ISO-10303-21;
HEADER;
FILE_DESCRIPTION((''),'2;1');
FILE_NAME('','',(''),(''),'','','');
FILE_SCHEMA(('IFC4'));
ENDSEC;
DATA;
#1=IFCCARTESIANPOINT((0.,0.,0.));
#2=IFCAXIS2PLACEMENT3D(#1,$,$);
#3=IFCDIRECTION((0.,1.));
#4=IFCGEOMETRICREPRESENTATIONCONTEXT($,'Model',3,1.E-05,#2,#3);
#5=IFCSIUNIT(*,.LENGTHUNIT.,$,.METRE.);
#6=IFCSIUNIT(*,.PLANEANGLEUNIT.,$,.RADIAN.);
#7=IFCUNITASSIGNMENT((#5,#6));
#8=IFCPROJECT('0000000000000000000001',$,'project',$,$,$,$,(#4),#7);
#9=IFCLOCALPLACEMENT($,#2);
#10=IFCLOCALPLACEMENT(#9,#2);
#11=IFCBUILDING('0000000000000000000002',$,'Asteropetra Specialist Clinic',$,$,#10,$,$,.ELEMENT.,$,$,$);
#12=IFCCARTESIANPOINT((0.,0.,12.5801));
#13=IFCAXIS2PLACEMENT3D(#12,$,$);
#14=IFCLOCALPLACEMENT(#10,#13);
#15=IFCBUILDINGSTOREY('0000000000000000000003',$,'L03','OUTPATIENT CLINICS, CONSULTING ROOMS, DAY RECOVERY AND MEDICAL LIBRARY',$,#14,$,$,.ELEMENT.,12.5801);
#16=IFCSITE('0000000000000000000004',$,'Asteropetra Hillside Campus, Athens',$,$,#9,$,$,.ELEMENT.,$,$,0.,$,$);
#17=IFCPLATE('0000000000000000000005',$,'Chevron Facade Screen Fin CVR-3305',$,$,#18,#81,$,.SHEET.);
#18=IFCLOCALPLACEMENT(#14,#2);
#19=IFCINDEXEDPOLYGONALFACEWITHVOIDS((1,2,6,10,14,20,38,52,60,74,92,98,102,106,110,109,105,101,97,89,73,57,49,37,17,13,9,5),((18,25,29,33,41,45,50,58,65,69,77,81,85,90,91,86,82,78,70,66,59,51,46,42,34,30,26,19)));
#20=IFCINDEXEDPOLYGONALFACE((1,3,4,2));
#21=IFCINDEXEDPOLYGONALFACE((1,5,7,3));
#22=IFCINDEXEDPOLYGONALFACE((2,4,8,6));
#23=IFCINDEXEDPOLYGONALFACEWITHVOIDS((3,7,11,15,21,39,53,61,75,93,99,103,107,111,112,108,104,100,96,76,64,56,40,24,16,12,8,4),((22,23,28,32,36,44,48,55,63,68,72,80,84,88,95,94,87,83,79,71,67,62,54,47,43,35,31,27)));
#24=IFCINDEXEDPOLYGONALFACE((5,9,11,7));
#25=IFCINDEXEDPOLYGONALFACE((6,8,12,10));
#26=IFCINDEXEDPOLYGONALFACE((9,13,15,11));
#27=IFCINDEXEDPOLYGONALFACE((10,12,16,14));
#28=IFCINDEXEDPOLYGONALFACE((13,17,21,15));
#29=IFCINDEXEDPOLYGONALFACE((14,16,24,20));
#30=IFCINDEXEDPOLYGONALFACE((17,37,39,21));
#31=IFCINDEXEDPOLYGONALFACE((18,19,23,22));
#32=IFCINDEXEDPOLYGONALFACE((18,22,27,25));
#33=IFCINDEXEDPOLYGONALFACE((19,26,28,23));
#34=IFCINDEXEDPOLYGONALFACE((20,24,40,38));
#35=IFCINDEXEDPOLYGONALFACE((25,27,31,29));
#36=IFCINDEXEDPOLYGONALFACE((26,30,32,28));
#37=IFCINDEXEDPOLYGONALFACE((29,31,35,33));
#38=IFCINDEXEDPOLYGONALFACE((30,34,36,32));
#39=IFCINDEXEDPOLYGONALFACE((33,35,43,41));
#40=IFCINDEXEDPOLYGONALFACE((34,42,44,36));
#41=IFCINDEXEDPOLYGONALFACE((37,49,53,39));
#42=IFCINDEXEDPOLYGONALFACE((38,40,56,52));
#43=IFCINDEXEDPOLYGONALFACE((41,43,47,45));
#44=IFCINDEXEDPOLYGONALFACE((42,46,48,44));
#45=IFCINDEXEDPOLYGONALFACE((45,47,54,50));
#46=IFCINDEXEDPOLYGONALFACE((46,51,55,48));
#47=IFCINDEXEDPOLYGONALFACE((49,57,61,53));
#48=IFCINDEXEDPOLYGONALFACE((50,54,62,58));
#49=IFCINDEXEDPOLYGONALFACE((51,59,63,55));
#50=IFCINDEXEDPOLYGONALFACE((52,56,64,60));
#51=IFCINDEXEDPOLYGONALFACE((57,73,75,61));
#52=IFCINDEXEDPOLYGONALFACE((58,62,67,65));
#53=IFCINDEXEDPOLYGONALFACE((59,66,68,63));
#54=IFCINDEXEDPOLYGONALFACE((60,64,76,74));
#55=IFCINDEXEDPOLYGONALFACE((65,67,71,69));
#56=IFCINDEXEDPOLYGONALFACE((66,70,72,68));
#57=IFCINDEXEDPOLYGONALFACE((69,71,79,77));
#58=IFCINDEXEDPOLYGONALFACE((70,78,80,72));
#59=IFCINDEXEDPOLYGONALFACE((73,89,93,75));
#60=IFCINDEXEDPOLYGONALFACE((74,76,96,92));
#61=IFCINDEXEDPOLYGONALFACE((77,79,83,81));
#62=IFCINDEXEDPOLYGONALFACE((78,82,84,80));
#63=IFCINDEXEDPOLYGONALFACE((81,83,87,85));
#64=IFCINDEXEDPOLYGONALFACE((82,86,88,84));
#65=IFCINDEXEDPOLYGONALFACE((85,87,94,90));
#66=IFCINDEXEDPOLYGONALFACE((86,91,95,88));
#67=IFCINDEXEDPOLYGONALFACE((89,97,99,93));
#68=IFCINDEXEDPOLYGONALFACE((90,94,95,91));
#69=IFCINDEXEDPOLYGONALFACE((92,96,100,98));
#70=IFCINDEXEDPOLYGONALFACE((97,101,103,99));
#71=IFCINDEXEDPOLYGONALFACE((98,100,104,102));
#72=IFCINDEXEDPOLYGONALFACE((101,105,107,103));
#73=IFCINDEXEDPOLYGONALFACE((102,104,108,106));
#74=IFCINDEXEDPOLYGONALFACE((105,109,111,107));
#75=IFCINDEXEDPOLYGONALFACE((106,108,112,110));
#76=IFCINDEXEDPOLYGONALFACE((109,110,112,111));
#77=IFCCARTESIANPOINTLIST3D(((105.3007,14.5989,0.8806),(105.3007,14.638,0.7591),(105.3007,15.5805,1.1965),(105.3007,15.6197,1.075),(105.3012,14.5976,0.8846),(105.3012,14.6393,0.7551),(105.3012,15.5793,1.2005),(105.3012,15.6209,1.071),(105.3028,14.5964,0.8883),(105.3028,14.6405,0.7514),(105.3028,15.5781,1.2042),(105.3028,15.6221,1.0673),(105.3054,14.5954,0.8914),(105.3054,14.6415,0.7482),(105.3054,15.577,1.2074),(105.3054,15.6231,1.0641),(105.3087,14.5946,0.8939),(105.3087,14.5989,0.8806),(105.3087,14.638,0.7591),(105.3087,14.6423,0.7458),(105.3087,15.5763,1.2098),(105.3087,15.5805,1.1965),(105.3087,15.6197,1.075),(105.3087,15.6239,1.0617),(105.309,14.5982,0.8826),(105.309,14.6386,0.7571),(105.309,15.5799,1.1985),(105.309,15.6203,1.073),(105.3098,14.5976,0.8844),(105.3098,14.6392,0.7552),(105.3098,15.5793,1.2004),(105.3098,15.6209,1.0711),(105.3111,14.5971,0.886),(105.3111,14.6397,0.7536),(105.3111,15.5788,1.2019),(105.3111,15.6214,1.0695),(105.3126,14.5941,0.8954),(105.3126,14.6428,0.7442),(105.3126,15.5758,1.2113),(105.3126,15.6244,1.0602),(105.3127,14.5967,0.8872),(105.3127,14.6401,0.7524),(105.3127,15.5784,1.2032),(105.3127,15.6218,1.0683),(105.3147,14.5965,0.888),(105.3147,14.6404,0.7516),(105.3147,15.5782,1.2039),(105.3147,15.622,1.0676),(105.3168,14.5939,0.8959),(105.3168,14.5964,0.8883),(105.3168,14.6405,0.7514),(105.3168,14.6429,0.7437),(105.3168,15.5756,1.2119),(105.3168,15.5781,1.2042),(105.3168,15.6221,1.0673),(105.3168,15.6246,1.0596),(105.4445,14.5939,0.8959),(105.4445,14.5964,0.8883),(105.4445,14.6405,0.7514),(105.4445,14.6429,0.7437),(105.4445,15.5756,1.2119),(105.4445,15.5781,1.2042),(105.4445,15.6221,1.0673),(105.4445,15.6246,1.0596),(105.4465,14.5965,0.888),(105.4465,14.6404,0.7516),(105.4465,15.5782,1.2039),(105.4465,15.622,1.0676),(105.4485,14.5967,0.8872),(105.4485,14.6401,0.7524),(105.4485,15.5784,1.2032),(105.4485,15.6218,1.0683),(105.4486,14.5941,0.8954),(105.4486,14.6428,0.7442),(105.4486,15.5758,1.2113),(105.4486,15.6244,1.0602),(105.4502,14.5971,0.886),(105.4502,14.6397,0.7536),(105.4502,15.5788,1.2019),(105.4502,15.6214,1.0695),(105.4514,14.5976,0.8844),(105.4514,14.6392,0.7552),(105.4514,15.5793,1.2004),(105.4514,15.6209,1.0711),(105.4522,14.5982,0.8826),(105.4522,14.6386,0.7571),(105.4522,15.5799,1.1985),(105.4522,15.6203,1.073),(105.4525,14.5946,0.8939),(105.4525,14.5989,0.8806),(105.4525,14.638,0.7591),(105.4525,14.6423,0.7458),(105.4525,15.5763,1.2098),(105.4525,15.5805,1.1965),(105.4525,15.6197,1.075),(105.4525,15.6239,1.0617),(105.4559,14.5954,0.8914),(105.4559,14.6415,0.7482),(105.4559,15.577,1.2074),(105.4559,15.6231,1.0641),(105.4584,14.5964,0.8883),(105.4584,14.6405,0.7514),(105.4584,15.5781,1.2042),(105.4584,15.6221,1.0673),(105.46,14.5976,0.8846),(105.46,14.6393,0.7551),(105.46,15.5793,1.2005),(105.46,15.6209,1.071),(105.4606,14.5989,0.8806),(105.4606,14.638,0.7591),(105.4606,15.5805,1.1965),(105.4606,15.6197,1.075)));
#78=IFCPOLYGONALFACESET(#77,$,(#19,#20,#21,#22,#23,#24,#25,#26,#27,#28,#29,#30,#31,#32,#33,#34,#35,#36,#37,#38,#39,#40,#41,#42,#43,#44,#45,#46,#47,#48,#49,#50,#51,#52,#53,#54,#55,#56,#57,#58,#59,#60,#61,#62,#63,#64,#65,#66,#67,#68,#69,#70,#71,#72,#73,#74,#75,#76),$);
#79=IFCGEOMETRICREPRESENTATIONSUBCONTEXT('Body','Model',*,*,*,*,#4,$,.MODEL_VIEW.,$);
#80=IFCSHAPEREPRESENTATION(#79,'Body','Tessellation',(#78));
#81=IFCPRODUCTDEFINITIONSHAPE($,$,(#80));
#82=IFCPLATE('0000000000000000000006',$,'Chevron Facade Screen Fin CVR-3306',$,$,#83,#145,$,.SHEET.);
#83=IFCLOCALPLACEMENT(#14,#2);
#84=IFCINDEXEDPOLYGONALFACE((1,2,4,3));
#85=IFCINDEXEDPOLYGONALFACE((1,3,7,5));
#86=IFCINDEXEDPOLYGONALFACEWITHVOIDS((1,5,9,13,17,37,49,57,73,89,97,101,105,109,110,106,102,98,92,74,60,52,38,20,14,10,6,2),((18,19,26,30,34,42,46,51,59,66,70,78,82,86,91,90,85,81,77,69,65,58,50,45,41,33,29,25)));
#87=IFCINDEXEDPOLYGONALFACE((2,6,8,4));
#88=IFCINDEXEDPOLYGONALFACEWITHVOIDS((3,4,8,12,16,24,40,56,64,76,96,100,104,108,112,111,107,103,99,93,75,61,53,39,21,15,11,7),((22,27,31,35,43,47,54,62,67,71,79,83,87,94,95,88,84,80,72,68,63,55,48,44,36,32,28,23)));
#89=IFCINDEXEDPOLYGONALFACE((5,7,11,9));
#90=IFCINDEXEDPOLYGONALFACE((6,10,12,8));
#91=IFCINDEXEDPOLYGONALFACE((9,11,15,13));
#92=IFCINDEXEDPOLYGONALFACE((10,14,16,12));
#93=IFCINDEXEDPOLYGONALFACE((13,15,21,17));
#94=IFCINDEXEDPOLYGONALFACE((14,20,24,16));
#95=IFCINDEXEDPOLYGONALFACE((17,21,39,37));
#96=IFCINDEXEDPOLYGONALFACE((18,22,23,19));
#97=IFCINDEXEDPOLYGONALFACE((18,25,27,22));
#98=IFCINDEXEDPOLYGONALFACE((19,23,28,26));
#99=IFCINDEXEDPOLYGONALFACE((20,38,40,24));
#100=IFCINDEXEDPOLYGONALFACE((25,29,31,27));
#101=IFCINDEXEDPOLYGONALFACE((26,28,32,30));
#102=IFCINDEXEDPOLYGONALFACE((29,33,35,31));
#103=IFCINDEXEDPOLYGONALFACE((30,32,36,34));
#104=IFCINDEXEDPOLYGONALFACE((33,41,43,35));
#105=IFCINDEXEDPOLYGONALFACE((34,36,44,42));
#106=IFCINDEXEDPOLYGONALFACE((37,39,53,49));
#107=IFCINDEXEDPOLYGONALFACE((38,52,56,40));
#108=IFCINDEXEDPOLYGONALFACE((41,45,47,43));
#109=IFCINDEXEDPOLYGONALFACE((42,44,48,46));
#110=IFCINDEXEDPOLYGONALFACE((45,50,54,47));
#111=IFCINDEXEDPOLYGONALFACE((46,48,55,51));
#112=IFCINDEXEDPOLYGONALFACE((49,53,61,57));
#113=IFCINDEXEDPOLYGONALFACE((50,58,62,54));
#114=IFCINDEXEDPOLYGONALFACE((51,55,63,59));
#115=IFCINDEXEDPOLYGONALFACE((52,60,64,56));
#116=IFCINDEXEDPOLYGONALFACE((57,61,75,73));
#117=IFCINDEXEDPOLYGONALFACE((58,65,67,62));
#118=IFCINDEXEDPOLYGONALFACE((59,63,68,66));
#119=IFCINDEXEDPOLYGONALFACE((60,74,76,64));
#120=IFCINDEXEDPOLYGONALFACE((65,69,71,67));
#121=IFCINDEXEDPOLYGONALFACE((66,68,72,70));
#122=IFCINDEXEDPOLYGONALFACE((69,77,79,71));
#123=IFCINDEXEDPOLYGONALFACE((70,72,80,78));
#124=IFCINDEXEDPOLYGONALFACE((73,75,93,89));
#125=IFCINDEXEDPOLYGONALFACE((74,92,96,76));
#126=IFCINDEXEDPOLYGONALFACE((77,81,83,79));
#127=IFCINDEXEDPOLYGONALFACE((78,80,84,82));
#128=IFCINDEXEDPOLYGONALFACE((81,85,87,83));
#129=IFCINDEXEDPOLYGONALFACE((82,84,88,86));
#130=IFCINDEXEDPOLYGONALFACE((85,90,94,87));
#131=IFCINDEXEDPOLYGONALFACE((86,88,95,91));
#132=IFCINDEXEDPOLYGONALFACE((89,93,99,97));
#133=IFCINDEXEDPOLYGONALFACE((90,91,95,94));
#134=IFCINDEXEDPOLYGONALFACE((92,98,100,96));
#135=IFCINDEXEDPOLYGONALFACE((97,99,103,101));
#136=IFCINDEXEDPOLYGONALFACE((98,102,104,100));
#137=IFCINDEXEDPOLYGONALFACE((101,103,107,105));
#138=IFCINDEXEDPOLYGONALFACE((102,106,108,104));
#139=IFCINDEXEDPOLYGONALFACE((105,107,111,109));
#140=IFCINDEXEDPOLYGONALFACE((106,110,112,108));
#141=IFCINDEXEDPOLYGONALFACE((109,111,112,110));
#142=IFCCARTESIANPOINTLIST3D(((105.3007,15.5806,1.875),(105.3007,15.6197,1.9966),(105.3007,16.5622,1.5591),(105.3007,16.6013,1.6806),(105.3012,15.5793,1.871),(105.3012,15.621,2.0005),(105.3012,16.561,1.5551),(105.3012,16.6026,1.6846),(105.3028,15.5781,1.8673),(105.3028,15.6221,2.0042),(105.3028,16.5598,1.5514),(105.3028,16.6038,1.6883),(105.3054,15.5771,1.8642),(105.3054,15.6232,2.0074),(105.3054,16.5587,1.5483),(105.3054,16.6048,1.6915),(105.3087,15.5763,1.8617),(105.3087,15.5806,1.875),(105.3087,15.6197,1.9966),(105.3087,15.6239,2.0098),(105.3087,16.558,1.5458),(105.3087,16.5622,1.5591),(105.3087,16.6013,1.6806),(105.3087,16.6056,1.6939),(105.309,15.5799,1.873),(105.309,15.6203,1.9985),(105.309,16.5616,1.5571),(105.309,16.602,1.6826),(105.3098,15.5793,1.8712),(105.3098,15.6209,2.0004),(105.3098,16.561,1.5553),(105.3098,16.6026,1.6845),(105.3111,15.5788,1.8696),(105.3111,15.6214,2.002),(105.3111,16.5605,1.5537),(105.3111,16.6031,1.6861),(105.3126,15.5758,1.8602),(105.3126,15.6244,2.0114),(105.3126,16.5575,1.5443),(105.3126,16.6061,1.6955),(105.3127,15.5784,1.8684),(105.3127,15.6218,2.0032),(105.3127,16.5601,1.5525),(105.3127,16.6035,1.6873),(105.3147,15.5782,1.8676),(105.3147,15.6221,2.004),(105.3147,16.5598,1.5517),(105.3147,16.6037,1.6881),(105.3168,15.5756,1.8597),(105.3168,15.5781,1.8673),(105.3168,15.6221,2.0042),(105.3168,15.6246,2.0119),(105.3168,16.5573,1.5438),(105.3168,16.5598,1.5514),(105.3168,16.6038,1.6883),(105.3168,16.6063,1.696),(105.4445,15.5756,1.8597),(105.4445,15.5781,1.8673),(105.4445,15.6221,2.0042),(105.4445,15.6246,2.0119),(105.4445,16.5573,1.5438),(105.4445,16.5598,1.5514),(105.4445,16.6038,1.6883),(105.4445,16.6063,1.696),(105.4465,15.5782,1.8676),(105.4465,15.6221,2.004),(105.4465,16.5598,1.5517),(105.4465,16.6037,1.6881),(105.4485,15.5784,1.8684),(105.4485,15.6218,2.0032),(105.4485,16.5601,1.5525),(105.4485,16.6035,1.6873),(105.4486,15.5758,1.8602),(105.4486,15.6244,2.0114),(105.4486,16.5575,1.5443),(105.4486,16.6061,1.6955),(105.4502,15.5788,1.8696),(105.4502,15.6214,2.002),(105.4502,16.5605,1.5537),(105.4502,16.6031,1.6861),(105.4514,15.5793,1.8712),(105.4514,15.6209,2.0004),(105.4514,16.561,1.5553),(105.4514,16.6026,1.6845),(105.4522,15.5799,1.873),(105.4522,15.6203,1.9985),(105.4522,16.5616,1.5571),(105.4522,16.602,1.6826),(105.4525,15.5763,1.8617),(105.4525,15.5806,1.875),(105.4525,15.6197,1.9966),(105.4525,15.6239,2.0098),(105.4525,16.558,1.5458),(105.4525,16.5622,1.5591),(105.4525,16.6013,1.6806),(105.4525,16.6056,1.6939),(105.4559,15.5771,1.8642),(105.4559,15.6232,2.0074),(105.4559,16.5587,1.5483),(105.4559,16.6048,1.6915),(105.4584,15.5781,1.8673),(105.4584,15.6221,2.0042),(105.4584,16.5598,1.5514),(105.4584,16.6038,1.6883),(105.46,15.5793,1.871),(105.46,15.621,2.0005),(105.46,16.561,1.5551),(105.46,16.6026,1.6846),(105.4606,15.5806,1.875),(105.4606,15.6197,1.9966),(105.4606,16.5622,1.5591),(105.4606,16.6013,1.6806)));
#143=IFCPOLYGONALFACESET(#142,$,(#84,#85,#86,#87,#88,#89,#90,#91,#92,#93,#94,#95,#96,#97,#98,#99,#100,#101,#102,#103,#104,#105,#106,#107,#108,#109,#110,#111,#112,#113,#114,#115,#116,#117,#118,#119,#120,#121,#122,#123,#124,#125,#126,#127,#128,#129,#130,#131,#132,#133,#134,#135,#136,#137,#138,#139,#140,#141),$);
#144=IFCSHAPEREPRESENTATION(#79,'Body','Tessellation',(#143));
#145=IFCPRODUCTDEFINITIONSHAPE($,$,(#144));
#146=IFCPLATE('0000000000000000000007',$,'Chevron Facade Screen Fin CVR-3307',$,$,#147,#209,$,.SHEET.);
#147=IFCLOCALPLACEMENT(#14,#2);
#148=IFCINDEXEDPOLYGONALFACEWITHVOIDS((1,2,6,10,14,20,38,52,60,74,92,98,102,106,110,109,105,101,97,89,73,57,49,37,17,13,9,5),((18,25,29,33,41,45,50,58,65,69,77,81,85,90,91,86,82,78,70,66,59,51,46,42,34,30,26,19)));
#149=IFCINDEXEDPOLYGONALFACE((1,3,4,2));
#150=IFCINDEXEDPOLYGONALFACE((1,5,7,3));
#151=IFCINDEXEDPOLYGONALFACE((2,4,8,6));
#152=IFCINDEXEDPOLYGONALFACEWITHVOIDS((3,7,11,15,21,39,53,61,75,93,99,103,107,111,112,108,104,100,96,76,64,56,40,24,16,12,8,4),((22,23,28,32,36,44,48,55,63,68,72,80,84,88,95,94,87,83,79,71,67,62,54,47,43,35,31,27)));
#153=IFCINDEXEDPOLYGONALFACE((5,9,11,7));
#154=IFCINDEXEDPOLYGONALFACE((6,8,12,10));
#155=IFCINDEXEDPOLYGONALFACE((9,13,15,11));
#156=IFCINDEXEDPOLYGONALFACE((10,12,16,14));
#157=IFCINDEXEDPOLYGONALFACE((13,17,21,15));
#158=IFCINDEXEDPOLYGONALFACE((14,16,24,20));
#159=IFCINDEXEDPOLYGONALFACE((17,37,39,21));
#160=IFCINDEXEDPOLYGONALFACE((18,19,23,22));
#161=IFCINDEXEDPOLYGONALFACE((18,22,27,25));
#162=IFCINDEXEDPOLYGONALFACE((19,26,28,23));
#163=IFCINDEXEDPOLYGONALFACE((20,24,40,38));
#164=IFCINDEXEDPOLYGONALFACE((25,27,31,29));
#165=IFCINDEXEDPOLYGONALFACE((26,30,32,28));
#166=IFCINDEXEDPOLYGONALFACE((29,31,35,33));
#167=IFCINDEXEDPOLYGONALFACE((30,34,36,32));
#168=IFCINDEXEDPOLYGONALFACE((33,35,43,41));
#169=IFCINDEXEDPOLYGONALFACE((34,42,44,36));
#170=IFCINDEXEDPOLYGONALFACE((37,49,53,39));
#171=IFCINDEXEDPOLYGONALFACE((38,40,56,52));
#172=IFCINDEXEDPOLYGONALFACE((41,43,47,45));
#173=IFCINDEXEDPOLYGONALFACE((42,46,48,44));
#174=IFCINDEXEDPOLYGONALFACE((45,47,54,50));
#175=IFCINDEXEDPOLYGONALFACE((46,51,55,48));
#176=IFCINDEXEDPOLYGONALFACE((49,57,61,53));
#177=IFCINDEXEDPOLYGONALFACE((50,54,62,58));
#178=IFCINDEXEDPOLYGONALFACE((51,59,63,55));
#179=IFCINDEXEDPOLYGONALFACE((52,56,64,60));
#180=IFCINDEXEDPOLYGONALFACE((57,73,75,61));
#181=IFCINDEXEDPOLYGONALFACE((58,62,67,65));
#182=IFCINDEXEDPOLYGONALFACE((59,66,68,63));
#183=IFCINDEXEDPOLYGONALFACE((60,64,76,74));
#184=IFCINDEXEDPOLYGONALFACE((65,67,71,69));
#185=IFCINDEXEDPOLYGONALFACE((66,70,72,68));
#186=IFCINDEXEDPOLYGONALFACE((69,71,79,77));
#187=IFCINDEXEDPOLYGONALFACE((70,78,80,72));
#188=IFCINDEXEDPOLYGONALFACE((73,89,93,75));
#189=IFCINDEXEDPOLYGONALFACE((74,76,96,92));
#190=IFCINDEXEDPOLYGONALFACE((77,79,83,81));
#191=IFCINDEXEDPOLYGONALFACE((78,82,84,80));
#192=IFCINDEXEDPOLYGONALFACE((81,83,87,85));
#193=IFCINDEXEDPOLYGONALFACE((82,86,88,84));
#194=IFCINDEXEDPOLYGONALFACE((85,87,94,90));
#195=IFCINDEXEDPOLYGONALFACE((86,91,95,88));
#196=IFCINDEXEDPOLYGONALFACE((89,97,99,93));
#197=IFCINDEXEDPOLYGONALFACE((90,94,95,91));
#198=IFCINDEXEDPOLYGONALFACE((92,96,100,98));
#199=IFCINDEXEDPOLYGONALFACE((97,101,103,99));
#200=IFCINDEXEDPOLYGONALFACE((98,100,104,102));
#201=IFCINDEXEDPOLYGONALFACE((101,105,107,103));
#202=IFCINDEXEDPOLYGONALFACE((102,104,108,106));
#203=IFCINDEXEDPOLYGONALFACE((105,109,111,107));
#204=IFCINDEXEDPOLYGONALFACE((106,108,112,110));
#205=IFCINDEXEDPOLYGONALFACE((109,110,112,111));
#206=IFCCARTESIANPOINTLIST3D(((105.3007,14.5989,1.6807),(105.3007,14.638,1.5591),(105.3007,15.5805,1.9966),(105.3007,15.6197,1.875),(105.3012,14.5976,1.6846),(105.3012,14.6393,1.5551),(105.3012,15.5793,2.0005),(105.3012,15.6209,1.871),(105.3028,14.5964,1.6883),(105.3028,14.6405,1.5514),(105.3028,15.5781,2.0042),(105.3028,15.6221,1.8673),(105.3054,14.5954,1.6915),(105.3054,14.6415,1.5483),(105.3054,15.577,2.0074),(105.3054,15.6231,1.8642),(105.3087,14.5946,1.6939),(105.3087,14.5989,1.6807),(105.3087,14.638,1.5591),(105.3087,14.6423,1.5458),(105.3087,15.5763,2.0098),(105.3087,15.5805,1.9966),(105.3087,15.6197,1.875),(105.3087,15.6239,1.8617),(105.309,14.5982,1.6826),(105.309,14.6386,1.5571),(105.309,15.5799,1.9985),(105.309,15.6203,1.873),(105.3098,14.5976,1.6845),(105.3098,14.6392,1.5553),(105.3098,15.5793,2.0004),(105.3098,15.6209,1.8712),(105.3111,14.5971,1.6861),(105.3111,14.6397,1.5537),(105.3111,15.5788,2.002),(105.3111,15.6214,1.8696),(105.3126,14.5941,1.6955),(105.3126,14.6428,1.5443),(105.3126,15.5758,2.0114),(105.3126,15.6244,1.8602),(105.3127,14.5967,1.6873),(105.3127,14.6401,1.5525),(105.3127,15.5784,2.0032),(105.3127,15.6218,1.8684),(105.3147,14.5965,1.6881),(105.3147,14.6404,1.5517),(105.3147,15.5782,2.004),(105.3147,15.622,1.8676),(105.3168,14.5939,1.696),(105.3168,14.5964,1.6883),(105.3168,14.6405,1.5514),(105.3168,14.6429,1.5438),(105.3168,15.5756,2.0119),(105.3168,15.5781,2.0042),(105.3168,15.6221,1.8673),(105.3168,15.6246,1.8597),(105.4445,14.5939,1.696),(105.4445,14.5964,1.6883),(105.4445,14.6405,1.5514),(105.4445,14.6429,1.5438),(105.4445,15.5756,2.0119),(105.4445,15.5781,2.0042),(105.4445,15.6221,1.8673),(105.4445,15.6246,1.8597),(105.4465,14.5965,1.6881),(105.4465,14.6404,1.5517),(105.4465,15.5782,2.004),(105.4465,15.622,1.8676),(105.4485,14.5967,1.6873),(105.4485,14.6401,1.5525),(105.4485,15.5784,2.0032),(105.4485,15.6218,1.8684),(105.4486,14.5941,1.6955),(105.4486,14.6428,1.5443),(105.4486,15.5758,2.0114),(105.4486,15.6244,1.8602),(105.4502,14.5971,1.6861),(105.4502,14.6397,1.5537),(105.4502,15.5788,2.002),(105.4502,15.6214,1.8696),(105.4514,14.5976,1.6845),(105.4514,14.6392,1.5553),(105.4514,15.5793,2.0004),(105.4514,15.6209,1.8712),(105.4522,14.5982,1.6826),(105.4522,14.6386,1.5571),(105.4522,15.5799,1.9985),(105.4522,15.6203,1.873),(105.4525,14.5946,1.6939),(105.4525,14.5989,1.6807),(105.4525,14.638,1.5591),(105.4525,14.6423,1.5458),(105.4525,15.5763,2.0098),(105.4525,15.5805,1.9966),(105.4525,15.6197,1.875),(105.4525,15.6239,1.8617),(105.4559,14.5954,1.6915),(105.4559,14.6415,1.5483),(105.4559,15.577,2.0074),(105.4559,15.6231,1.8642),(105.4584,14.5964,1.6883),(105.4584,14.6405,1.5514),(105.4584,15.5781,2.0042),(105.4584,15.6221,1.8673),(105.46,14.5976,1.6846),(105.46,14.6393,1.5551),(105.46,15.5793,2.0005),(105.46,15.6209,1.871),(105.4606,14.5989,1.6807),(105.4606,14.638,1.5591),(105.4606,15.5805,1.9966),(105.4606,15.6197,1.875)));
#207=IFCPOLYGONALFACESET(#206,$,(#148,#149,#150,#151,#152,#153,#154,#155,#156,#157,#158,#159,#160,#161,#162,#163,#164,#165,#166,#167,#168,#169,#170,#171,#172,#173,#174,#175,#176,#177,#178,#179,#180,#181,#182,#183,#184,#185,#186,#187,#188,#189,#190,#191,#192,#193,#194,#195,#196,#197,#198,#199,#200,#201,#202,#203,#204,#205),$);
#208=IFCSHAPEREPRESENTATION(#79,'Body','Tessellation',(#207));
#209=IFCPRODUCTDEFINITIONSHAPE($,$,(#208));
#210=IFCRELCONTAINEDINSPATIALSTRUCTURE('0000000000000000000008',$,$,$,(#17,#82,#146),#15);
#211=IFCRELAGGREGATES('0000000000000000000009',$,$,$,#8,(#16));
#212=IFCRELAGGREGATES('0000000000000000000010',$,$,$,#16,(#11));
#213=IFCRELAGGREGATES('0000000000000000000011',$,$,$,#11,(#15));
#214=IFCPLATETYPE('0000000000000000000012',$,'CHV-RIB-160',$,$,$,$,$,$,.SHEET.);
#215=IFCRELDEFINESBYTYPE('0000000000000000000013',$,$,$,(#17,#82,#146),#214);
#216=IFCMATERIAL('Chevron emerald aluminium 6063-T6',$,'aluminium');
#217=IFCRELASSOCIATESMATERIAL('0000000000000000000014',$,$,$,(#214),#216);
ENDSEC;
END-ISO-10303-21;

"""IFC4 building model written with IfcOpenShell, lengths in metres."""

from ifc_helpers import new_model, si_unit, direction, frame, origin, origin_2d, place, context, subcontext, project, spatial, hollow_rectangle, extrude, material, material_profile, profile_set, type_object, element, save


model = new_model("IFC4")

# Units and contexts
model_context = context("Model", 3, precision=1e-05, world=origin(), true_north=direction((0.0, 1.0)))
body_context = subcontext(model_context, "Body", "Model", "MODEL_VIEW")
ifc_project = project(units=[si_unit("LENGTHUNIT", "METRE"), si_unit("PLANEANGLEUNIT", "RADIAN")], contexts=[model_context])

# Site, building, storey
site_placement = place(None, origin())
site = spatial("IfcSite", under=ifc_project, at=site_placement, Name="Asteropetra Hillside Campus, Athens", CompositionType="ELEMENT", RefElevation=0.0)
building_placement = place(site_placement, origin())
building = spatial("IfcBuilding", under=site, at=building_placement, Name="Asteropetra Specialist Clinic", CompositionType="ELEMENT")
storey_placement = place(building_placement, frame((0.0, 0.0, 12.5801)))
storey = spatial("IfcBuildingStorey", under=building, at=storey_placement, Name="L03", Description="OUTPATIENT CLINICS, CONSULTING ROOMS, DAY RECOVERY AND MEDICAL LIBRARY", CompositionType="ELEMENT", Elevation=12.5801)

# Plates
ifc_material_1 = material(Name="Chevron emerald aluminium 6063-T6", Category="aluminium")
ifc_material_profile = material_profile(ifc_material_1, hollow_rectangle(XDim=0.1599, YDim=0.1599, WallThickness=0.0081, InnerFilletRadius=0.0081, OuterFilletRadius=0.0161, at=origin_2d()), Name="SHS 160x160x8.0")
ifc_profile_set = profile_set([ifc_material_profile], Name="Chevron emerald aluminium 6063-T6")
plate_type_1 = type_object("IfcPlateType", Name="CHV-RIB-160", PredefinedType="SHEET", material=ifc_profile_set)
for number, where, z_axis, x_axis, name in (
    (1, (105.3806, 15.6001, 1.1357), (0.0, -0.951923, -0.306339), (1.0, 0.0, 0.0), "Chevron Facade Screen Fin CVR-3305"),
    (2, (105.3806, 16.5818, 1.6199), (0.0, -0.951923, 0.306339), (1.0, 0.0, 0.0), "Chevron Facade Screen Fin CVR-3306"),
    (3, (105.3806, 15.6001, 1.9358), (0.0, -0.951923, -0.306339), (1.0, 0.0, 0.0), "Chevron Facade Screen Fin CVR-3307"),
):
    element("IfcPlate", number, at=place(storey_placement, frame(where, z_axis=z_axis, x_axis=x_axis)), inside=storey, type_object=plate_type_1, Name=name, PredefinedType="SHEET", context=body_context, shape_type="SweptSolid", body=[
        extrude(hollow_rectangle(XDim=0.1599, YDim=0.1599, WallThickness=0.0081, InnerFilletRadius=0.0081, OuterFilletRadius=0.0161, at=origin_2d()), origin(), (0.0, 0.0, 1.0), 1.0312),
    ])

save(model, "model.ifc")
